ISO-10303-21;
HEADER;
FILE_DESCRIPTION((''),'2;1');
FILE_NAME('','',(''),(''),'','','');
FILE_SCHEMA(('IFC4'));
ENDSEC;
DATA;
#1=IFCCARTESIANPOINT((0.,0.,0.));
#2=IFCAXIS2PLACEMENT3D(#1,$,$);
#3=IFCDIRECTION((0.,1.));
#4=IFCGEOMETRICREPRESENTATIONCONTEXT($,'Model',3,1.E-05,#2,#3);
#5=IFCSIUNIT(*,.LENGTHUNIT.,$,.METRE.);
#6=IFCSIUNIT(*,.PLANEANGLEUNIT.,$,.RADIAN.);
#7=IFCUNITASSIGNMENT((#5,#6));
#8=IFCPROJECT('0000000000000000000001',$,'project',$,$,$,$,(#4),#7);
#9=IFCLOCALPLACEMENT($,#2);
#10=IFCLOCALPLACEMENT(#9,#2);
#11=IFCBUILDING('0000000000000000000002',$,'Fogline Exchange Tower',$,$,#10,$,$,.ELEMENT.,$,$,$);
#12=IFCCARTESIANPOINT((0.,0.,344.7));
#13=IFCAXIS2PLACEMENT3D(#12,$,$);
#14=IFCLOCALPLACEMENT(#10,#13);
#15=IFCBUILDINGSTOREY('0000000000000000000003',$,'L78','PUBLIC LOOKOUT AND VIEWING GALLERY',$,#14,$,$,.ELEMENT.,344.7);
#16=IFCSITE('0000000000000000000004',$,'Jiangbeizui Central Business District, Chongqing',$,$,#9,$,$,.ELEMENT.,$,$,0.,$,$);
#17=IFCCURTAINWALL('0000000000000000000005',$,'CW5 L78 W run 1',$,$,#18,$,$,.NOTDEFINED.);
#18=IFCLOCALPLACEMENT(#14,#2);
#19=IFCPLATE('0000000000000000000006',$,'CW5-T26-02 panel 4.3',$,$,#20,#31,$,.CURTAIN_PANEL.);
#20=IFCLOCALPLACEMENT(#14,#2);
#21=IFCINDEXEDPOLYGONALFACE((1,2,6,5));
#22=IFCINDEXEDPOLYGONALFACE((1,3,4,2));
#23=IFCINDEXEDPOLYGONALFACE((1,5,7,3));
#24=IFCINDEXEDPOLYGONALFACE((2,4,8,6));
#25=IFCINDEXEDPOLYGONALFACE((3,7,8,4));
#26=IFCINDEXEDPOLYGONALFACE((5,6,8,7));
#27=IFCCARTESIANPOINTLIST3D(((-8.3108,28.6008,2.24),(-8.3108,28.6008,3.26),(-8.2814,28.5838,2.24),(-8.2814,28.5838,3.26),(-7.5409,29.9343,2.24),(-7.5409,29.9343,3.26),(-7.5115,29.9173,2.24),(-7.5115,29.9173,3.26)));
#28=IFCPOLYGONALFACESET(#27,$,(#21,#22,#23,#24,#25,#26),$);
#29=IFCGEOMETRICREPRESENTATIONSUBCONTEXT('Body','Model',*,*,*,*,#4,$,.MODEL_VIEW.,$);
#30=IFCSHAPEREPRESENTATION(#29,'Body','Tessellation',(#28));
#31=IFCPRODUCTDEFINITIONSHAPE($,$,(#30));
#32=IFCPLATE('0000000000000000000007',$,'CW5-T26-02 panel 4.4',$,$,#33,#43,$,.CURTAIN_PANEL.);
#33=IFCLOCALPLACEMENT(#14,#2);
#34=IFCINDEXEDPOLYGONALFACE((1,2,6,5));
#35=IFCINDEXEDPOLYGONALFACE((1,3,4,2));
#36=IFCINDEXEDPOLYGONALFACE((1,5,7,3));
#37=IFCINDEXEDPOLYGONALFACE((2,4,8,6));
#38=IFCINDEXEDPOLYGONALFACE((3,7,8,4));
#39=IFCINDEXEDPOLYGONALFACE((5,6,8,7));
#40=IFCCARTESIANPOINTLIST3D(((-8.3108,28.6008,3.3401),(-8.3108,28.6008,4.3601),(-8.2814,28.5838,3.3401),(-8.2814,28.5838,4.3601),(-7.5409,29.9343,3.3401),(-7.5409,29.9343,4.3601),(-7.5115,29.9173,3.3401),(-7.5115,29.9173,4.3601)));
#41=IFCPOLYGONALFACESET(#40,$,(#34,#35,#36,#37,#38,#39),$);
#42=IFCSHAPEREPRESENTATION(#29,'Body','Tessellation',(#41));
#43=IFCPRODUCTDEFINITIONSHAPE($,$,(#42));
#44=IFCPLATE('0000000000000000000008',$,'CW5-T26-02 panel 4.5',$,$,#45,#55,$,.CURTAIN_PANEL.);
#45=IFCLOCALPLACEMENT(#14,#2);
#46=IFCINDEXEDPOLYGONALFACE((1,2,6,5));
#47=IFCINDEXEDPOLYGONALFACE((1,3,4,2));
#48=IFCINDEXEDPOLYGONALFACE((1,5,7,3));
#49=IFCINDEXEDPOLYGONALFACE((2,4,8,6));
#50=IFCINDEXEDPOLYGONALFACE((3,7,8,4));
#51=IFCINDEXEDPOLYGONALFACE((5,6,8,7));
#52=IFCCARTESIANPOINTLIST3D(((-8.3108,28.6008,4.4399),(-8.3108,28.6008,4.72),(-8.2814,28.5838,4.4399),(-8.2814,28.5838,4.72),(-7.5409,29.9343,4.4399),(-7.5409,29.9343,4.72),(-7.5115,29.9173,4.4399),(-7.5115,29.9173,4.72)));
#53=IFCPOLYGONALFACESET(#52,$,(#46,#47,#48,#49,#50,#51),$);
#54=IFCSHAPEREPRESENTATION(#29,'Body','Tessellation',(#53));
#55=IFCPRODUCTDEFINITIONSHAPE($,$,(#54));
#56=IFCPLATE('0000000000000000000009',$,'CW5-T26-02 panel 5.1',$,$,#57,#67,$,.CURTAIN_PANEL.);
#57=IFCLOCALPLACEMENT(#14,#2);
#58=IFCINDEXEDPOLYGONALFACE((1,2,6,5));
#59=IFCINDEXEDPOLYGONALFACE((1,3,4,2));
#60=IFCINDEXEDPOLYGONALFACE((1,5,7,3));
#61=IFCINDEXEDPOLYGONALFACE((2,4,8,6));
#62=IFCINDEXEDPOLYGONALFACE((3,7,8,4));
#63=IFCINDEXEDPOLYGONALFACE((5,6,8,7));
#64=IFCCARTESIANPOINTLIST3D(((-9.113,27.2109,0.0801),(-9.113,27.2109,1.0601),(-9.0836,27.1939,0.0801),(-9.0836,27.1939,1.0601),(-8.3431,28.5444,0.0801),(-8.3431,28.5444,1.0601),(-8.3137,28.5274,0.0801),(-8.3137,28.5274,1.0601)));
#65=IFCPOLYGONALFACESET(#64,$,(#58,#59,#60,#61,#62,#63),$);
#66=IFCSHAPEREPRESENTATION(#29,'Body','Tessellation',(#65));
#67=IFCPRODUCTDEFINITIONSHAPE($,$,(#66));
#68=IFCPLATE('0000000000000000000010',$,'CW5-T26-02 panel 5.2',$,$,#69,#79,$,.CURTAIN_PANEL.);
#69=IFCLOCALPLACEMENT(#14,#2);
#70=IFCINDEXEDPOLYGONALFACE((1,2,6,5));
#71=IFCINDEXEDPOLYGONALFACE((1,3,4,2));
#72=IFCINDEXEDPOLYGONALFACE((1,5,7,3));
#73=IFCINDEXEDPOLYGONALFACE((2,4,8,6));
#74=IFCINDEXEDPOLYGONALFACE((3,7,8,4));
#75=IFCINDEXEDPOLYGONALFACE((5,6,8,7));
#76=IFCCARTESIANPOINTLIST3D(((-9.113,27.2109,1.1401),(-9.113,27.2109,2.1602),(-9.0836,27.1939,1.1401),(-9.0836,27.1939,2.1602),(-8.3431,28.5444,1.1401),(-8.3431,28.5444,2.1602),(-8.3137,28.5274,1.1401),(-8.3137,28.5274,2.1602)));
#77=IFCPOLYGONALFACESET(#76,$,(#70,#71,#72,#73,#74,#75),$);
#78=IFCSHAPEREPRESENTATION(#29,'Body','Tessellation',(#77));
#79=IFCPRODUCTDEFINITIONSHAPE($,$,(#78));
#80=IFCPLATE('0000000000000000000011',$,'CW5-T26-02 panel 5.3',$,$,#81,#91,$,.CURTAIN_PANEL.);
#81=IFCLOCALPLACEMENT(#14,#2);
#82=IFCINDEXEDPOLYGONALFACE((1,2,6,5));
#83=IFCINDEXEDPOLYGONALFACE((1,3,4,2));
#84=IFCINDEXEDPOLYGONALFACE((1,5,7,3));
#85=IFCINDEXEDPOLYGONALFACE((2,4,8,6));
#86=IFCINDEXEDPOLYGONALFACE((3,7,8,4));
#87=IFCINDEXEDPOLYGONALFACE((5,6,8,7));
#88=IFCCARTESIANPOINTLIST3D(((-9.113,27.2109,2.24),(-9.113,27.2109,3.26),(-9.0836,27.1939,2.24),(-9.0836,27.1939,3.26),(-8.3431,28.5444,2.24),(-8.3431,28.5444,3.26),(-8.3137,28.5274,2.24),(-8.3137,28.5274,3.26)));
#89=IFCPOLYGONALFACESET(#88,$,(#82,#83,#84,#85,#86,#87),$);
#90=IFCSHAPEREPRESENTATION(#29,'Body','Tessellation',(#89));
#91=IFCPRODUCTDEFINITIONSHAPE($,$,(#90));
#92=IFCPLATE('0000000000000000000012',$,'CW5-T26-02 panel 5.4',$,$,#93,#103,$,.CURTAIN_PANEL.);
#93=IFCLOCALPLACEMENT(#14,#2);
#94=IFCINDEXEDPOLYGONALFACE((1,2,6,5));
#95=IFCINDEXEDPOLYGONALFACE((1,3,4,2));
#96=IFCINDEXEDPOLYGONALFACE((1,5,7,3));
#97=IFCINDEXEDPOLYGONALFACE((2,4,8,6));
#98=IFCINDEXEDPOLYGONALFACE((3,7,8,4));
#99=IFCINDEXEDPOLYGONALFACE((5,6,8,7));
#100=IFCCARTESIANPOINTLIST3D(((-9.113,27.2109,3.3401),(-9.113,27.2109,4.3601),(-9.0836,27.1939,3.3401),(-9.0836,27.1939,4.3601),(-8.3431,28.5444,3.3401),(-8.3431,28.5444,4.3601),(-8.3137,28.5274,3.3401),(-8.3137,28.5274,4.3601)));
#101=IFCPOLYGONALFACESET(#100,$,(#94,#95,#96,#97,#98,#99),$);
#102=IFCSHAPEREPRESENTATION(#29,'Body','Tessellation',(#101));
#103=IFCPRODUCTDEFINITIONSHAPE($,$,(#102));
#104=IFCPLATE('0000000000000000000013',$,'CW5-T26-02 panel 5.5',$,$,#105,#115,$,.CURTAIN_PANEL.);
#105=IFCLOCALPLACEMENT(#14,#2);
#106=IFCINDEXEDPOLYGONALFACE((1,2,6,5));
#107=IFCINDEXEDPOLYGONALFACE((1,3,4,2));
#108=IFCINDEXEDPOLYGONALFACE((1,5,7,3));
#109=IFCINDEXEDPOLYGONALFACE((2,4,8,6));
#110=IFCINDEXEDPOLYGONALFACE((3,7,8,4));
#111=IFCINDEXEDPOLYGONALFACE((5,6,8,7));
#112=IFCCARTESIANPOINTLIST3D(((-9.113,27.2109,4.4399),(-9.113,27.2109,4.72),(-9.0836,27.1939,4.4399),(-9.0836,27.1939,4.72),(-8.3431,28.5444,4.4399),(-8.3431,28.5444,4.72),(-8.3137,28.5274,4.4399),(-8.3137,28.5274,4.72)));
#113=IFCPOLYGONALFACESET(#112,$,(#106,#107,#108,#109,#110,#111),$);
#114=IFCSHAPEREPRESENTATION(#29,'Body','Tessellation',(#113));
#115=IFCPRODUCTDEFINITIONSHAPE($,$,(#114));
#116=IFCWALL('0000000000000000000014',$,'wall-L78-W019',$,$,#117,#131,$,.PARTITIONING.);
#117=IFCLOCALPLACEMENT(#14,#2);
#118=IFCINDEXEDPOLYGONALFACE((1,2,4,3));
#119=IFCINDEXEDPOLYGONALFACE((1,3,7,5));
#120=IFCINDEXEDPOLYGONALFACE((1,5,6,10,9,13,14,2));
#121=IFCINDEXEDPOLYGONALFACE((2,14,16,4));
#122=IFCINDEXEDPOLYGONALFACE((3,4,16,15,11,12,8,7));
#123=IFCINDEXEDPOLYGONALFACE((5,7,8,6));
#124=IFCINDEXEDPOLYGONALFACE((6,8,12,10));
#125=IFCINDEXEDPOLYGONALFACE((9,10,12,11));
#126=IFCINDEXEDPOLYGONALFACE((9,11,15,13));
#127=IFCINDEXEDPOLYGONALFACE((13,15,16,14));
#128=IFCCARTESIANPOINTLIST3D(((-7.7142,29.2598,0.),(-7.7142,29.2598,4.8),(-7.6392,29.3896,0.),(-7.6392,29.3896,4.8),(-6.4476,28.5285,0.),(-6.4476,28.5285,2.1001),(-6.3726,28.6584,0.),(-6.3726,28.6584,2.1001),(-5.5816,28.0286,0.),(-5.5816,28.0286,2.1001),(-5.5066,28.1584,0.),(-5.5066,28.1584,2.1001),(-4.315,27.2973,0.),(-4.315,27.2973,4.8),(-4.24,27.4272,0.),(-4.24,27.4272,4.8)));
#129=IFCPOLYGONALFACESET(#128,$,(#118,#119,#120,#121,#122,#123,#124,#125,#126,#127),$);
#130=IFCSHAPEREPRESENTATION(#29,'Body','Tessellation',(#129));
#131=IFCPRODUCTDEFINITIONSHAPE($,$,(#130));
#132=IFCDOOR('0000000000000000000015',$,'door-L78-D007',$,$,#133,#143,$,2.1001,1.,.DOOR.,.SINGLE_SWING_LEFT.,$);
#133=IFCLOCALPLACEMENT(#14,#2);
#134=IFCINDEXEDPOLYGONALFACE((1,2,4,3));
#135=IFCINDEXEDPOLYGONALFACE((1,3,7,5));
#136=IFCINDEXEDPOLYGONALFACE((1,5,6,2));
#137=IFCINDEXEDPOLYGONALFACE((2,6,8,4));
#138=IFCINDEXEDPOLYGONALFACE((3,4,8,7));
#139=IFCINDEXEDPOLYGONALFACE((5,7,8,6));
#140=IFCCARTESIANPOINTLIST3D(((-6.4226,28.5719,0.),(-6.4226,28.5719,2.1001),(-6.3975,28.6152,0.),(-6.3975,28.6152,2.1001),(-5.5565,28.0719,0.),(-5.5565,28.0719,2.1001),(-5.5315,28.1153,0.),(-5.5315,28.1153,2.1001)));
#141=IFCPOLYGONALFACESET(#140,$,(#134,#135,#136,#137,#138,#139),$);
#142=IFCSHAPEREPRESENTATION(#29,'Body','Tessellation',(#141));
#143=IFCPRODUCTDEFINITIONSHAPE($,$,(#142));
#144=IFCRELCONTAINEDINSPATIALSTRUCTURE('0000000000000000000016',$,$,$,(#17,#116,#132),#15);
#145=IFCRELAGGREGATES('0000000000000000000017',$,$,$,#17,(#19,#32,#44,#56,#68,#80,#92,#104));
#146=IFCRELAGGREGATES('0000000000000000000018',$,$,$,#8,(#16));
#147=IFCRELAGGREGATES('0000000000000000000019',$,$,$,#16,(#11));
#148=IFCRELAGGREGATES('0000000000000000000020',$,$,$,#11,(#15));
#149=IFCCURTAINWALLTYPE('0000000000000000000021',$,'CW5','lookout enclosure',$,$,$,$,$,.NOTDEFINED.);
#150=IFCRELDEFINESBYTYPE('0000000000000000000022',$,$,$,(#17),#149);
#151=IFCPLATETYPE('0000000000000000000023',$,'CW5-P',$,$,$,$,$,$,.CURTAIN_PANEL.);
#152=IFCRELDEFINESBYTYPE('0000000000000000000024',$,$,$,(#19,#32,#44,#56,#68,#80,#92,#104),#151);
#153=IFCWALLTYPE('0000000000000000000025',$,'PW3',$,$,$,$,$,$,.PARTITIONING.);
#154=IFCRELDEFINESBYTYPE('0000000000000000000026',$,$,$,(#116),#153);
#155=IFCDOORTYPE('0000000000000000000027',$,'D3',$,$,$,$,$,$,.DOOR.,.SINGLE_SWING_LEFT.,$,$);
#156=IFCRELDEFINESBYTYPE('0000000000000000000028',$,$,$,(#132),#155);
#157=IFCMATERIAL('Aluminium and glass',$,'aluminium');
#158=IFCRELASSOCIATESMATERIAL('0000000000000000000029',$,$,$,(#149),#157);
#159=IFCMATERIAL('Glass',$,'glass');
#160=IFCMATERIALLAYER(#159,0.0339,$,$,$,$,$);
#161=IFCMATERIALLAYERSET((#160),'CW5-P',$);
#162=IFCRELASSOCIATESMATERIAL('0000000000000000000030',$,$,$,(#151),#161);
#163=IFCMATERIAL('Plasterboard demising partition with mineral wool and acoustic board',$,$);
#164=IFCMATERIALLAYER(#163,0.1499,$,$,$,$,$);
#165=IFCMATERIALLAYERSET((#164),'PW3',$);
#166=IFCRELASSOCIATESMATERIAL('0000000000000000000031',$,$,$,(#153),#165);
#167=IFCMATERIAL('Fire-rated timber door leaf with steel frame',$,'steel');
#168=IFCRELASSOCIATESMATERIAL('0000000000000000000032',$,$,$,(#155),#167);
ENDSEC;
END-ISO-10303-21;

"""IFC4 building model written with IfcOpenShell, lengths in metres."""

from ifc_helpers import new_model, si_unit, direction, frame, frame_2d, origin, origin_2d, place, context, subcontext, project, spatial, rectangle, extrude, material, layer, layer_set, type_object, element, fill, aggregate, save


model = new_model("IFC4")

# Units and contexts
model_context = context("Model", 3, precision=1e-05, world=origin(), true_north=direction((0.0, 1.0)))
body_context = subcontext(model_context, "Body", "Model", "MODEL_VIEW")
ifc_project = project(units=[si_unit("LENGTHUNIT", "METRE"), si_unit("PLANEANGLEUNIT", "RADIAN")], contexts=[model_context])

# Site, building, storey
site_placement = place(None, origin())
site = spatial("IfcSite", under=ifc_project, at=site_placement, Name="Jiangbeizui Central Business District, Chongqing", CompositionType="ELEMENT", RefElevation=0.0)
building_placement = place(site_placement, origin())
building = spatial("IfcBuilding", under=site, at=building_placement, Name="Fogline Exchange Tower", CompositionType="ELEMENT")
storey_placement = place(building_placement, frame((0.0, 0.0, 344.7)))
storey = spatial("IfcBuildingStorey", under=building, at=storey_placement, Name="L78", Description="PUBLIC LOOKOUT AND VIEWING GALLERY", CompositionType="ELEMENT", Elevation=344.7)

# Curtain wall, plates
ifc_material_1 = material(Name="Aluminium and glass", Category="aluminium")
curtain_wall_type = type_object("IfcCurtainWallType", Name="CW5", Description="lookout enclosure", PredefinedType="NOTDEFINED", material=ifc_material_1)
curtain_wall_placement = place(storey_placement, origin())
curtain_wall = element("IfcCurtainWall", 1, at=curtain_wall_placement, inside=storey, type_object=curtain_wall_type, Name="CW5 L78 W run 1", PredefinedType="NOTDEFINED")
ifc_material_2 = material(Name="Glass", Category="glass")
ifc_layer_1 = layer(ifc_material_2, 0.0339)
ifc_layer_set_1 = layer_set([ifc_layer_1], Name="CW5-P")
plate_type = type_object("IfcPlateType", Name="CW5-P", PredefinedType="CURTAIN_PANEL", material=ifc_layer_set_1)
plate_1_placement = place(storey_placement, frame((-7.9111, 29.259, 2.24), z_axis=(0.0, 0.0, 1.0), x_axis=(-0.5, -0.866025, 0.0)))
plate_1 = element("IfcPlate", 2, at=plate_1_placement, type_object=plate_type, Name="CW5-T26-02 panel 4.3", PredefinedType="CURTAIN_PANEL", context=body_context, shape_type="SweptSolid", body=[
    extrude(rectangle(XDim=1.5398, YDim=0.0339, at=origin_2d()), origin(), (0.0, 0.0, 1.0), 1.02),
])
plate_2_placement = place(storey_placement, frame((-7.9111, 29.259, 3.3401), z_axis=(0.0, 0.0, 1.0), x_axis=(-0.5, -0.866025, 0.0)))
plate_2 = element("IfcPlate", 3, at=plate_2_placement, type_object=plate_type, Name="CW5-T26-02 panel 4.4", PredefinedType="CURTAIN_PANEL", context=body_context, shape_type="SweptSolid", body=[
    extrude(rectangle(XDim=1.5398, YDim=0.0339, at=origin_2d()), origin(), (0.0, 0.0, 1.0), 1.02),
])
plate_3_placement = place(storey_placement, frame((-7.9111, 29.259, 4.4399), z_axis=(0.0, 0.0, 1.0), x_axis=(-0.5, -0.866025, 0.0)))
plate_3 = element("IfcPlate", 4, at=plate_3_placement, type_object=plate_type, Name="CW5-T26-02 panel 4.5", PredefinedType="CURTAIN_PANEL", context=body_context, shape_type="SweptSolid", body=[
    extrude(rectangle(XDim=1.5398, YDim=0.0339, at=origin_2d()), origin(), (0.0, 0.0, 1.0), 0.28),
])
plate_4_placement = place(storey_placement, frame((-8.7134, 27.8691, 0.0801), z_axis=(0.0, 0.0, 1.0), x_axis=(-0.5, -0.866025, 0.0)))
plate_4 = element("IfcPlate", 5, at=plate_4_placement, type_object=plate_type, Name="CW5-T26-02 panel 5.1", PredefinedType="CURTAIN_PANEL", context=body_context, shape_type="SweptSolid", body=[
    extrude(rectangle(XDim=1.5398, YDim=0.0339, at=origin_2d()), origin(), (0.0, 0.0, 1.0), 0.98),
])
plate_5_placement = place(storey_placement, frame((-8.7134, 27.8691, 1.1401), z_axis=(0.0, 0.0, 1.0), x_axis=(-0.5, -0.866025, 0.0)))
plate_5 = element("IfcPlate", 6, at=plate_5_placement, type_object=plate_type, Name="CW5-T26-02 panel 5.2", PredefinedType="CURTAIN_PANEL", context=body_context, shape_type="SweptSolid", body=[
    extrude(rectangle(XDim=1.5398, YDim=0.0339, at=origin_2d()), origin(), (0.0, 0.0, 1.0), 1.02),
])
plate_6_placement = place(storey_placement, frame((-8.7134, 27.8691, 2.24), z_axis=(0.0, 0.0, 1.0), x_axis=(-0.5, -0.866025, 0.0)))
plate_6 = element("IfcPlate", 7, at=plate_6_placement, type_object=plate_type, Name="CW5-T26-02 panel 5.3", PredefinedType="CURTAIN_PANEL", context=body_context, shape_type="SweptSolid", body=[
    extrude(rectangle(XDim=1.5398, YDim=0.0339, at=origin_2d()), origin(), (0.0, 0.0, 1.0), 1.02),
])
plate_7_placement = place(storey_placement, frame((-8.7134, 27.8691, 3.3401), z_axis=(0.0, 0.0, 1.0), x_axis=(-0.5, -0.866025, 0.0)))
plate_7 = element("IfcPlate", 8, at=plate_7_placement, type_object=plate_type, Name="CW5-T26-02 panel 5.4", PredefinedType="CURTAIN_PANEL", context=body_context, shape_type="SweptSolid", body=[
    extrude(rectangle(XDim=1.5398, YDim=0.0339, at=origin_2d()), origin(), (0.0, 0.0, 1.0), 1.02),
])
plate_8_placement = place(storey_placement, frame((-8.7134, 27.8691, 4.4399), z_axis=(0.0, 0.0, 1.0), x_axis=(-0.5, -0.866025, 0.0)))
plate_8 = element("IfcPlate", 9, at=plate_8_placement, type_object=plate_type, Name="CW5-T26-02 panel 5.5", PredefinedType="CURTAIN_PANEL", context=body_context, shape_type="SweptSolid", body=[
    extrude(rectangle(XDim=1.5398, YDim=0.0339, at=origin_2d()), origin(), (0.0, 0.0, 1.0), 0.28),
])
aggregate(curtain_wall, [plate_1, plate_2, plate_3, plate_4, plate_5, plate_6, plate_7, plate_8])

# Wall, opening, door
ifc_material_3 = material(Name="Plasterboard demising partition with mineral wool and acoustic board")
ifc_layer_2 = layer(ifc_material_3, 0.1499)
ifc_layer_set_2 = layer_set([ifc_layer_2], Name="PW3")
wall_type = type_object("IfcWallType", Name="PW3", PredefinedType="PARTITIONING", material=ifc_layer_set_2)
wall_placement = place(storey_placement, frame((-4.2776, 27.3623, 0.0), z_axis=(0.0, 0.0, 1.0), x_axis=(-0.866037, 0.499979, 0.0)))
wall = element("IfcWall", 10, at=wall_placement, inside=storey, type_object=wall_type, Name="wall-L78-W019", PredefinedType="PARTITIONING", context=body_context, shape_type="SweptSolid", body=[
    extrude(rectangle(XDim=3.925, YDim=0.1499, at=frame_2d((1.9624, 0.0))), origin(), (0.0, 0.0, 1.0), 4.8),
])
opening_placement = place(wall_placement, frame((1.4624, 0.0, 0.0)))
opening = element("IfcOpeningElement", 11, at=opening_placement, cuts=wall, PredefinedType="OPENING", context=body_context, shape_type="SweptSolid", body=[
    extrude(rectangle(XDim=1.0, YDim=2.1001, at=frame_2d((0.5, 1.05))), frame((0.0, 0.085, 0.0), z_axis=(0.0, -1.0, 0.0), x_axis=(1.0, 0.0, 0.0)), (0.0, 0.0, 1.0), 0.1699),
])
ifc_material_4 = material(Name="Fire-rated timber door leaf with steel frame", Category="steel")
door_type = type_object("IfcDoorType", Name="D3", OperationType="SINGLE_SWING_LEFT", PredefinedType="DOOR", material=ifc_material_4)
door_placement = place(opening_placement, origin())
door = element("IfcDoor", 12, at=door_placement, inside=storey, type_object=door_type, Name="door-L78-D007", OperationType="SINGLE_SWING_LEFT", OverallHeight=2.1001, OverallWidth=1.0, PredefinedType="DOOR", context=body_context, shape_type="SweptSolid", body=[
    extrude(rectangle(XDim=1.0, YDim=2.1001, at=frame_2d((0.5, 1.05))), frame((0.0, 0.0249, 0.0), z_axis=(0.0, -1.0, 0.0), x_axis=(1.0, 0.0, 0.0)), (0.0, 0.0, 1.0), 0.05),
])
fill(opening, door)

save(model, "model.ifc")
